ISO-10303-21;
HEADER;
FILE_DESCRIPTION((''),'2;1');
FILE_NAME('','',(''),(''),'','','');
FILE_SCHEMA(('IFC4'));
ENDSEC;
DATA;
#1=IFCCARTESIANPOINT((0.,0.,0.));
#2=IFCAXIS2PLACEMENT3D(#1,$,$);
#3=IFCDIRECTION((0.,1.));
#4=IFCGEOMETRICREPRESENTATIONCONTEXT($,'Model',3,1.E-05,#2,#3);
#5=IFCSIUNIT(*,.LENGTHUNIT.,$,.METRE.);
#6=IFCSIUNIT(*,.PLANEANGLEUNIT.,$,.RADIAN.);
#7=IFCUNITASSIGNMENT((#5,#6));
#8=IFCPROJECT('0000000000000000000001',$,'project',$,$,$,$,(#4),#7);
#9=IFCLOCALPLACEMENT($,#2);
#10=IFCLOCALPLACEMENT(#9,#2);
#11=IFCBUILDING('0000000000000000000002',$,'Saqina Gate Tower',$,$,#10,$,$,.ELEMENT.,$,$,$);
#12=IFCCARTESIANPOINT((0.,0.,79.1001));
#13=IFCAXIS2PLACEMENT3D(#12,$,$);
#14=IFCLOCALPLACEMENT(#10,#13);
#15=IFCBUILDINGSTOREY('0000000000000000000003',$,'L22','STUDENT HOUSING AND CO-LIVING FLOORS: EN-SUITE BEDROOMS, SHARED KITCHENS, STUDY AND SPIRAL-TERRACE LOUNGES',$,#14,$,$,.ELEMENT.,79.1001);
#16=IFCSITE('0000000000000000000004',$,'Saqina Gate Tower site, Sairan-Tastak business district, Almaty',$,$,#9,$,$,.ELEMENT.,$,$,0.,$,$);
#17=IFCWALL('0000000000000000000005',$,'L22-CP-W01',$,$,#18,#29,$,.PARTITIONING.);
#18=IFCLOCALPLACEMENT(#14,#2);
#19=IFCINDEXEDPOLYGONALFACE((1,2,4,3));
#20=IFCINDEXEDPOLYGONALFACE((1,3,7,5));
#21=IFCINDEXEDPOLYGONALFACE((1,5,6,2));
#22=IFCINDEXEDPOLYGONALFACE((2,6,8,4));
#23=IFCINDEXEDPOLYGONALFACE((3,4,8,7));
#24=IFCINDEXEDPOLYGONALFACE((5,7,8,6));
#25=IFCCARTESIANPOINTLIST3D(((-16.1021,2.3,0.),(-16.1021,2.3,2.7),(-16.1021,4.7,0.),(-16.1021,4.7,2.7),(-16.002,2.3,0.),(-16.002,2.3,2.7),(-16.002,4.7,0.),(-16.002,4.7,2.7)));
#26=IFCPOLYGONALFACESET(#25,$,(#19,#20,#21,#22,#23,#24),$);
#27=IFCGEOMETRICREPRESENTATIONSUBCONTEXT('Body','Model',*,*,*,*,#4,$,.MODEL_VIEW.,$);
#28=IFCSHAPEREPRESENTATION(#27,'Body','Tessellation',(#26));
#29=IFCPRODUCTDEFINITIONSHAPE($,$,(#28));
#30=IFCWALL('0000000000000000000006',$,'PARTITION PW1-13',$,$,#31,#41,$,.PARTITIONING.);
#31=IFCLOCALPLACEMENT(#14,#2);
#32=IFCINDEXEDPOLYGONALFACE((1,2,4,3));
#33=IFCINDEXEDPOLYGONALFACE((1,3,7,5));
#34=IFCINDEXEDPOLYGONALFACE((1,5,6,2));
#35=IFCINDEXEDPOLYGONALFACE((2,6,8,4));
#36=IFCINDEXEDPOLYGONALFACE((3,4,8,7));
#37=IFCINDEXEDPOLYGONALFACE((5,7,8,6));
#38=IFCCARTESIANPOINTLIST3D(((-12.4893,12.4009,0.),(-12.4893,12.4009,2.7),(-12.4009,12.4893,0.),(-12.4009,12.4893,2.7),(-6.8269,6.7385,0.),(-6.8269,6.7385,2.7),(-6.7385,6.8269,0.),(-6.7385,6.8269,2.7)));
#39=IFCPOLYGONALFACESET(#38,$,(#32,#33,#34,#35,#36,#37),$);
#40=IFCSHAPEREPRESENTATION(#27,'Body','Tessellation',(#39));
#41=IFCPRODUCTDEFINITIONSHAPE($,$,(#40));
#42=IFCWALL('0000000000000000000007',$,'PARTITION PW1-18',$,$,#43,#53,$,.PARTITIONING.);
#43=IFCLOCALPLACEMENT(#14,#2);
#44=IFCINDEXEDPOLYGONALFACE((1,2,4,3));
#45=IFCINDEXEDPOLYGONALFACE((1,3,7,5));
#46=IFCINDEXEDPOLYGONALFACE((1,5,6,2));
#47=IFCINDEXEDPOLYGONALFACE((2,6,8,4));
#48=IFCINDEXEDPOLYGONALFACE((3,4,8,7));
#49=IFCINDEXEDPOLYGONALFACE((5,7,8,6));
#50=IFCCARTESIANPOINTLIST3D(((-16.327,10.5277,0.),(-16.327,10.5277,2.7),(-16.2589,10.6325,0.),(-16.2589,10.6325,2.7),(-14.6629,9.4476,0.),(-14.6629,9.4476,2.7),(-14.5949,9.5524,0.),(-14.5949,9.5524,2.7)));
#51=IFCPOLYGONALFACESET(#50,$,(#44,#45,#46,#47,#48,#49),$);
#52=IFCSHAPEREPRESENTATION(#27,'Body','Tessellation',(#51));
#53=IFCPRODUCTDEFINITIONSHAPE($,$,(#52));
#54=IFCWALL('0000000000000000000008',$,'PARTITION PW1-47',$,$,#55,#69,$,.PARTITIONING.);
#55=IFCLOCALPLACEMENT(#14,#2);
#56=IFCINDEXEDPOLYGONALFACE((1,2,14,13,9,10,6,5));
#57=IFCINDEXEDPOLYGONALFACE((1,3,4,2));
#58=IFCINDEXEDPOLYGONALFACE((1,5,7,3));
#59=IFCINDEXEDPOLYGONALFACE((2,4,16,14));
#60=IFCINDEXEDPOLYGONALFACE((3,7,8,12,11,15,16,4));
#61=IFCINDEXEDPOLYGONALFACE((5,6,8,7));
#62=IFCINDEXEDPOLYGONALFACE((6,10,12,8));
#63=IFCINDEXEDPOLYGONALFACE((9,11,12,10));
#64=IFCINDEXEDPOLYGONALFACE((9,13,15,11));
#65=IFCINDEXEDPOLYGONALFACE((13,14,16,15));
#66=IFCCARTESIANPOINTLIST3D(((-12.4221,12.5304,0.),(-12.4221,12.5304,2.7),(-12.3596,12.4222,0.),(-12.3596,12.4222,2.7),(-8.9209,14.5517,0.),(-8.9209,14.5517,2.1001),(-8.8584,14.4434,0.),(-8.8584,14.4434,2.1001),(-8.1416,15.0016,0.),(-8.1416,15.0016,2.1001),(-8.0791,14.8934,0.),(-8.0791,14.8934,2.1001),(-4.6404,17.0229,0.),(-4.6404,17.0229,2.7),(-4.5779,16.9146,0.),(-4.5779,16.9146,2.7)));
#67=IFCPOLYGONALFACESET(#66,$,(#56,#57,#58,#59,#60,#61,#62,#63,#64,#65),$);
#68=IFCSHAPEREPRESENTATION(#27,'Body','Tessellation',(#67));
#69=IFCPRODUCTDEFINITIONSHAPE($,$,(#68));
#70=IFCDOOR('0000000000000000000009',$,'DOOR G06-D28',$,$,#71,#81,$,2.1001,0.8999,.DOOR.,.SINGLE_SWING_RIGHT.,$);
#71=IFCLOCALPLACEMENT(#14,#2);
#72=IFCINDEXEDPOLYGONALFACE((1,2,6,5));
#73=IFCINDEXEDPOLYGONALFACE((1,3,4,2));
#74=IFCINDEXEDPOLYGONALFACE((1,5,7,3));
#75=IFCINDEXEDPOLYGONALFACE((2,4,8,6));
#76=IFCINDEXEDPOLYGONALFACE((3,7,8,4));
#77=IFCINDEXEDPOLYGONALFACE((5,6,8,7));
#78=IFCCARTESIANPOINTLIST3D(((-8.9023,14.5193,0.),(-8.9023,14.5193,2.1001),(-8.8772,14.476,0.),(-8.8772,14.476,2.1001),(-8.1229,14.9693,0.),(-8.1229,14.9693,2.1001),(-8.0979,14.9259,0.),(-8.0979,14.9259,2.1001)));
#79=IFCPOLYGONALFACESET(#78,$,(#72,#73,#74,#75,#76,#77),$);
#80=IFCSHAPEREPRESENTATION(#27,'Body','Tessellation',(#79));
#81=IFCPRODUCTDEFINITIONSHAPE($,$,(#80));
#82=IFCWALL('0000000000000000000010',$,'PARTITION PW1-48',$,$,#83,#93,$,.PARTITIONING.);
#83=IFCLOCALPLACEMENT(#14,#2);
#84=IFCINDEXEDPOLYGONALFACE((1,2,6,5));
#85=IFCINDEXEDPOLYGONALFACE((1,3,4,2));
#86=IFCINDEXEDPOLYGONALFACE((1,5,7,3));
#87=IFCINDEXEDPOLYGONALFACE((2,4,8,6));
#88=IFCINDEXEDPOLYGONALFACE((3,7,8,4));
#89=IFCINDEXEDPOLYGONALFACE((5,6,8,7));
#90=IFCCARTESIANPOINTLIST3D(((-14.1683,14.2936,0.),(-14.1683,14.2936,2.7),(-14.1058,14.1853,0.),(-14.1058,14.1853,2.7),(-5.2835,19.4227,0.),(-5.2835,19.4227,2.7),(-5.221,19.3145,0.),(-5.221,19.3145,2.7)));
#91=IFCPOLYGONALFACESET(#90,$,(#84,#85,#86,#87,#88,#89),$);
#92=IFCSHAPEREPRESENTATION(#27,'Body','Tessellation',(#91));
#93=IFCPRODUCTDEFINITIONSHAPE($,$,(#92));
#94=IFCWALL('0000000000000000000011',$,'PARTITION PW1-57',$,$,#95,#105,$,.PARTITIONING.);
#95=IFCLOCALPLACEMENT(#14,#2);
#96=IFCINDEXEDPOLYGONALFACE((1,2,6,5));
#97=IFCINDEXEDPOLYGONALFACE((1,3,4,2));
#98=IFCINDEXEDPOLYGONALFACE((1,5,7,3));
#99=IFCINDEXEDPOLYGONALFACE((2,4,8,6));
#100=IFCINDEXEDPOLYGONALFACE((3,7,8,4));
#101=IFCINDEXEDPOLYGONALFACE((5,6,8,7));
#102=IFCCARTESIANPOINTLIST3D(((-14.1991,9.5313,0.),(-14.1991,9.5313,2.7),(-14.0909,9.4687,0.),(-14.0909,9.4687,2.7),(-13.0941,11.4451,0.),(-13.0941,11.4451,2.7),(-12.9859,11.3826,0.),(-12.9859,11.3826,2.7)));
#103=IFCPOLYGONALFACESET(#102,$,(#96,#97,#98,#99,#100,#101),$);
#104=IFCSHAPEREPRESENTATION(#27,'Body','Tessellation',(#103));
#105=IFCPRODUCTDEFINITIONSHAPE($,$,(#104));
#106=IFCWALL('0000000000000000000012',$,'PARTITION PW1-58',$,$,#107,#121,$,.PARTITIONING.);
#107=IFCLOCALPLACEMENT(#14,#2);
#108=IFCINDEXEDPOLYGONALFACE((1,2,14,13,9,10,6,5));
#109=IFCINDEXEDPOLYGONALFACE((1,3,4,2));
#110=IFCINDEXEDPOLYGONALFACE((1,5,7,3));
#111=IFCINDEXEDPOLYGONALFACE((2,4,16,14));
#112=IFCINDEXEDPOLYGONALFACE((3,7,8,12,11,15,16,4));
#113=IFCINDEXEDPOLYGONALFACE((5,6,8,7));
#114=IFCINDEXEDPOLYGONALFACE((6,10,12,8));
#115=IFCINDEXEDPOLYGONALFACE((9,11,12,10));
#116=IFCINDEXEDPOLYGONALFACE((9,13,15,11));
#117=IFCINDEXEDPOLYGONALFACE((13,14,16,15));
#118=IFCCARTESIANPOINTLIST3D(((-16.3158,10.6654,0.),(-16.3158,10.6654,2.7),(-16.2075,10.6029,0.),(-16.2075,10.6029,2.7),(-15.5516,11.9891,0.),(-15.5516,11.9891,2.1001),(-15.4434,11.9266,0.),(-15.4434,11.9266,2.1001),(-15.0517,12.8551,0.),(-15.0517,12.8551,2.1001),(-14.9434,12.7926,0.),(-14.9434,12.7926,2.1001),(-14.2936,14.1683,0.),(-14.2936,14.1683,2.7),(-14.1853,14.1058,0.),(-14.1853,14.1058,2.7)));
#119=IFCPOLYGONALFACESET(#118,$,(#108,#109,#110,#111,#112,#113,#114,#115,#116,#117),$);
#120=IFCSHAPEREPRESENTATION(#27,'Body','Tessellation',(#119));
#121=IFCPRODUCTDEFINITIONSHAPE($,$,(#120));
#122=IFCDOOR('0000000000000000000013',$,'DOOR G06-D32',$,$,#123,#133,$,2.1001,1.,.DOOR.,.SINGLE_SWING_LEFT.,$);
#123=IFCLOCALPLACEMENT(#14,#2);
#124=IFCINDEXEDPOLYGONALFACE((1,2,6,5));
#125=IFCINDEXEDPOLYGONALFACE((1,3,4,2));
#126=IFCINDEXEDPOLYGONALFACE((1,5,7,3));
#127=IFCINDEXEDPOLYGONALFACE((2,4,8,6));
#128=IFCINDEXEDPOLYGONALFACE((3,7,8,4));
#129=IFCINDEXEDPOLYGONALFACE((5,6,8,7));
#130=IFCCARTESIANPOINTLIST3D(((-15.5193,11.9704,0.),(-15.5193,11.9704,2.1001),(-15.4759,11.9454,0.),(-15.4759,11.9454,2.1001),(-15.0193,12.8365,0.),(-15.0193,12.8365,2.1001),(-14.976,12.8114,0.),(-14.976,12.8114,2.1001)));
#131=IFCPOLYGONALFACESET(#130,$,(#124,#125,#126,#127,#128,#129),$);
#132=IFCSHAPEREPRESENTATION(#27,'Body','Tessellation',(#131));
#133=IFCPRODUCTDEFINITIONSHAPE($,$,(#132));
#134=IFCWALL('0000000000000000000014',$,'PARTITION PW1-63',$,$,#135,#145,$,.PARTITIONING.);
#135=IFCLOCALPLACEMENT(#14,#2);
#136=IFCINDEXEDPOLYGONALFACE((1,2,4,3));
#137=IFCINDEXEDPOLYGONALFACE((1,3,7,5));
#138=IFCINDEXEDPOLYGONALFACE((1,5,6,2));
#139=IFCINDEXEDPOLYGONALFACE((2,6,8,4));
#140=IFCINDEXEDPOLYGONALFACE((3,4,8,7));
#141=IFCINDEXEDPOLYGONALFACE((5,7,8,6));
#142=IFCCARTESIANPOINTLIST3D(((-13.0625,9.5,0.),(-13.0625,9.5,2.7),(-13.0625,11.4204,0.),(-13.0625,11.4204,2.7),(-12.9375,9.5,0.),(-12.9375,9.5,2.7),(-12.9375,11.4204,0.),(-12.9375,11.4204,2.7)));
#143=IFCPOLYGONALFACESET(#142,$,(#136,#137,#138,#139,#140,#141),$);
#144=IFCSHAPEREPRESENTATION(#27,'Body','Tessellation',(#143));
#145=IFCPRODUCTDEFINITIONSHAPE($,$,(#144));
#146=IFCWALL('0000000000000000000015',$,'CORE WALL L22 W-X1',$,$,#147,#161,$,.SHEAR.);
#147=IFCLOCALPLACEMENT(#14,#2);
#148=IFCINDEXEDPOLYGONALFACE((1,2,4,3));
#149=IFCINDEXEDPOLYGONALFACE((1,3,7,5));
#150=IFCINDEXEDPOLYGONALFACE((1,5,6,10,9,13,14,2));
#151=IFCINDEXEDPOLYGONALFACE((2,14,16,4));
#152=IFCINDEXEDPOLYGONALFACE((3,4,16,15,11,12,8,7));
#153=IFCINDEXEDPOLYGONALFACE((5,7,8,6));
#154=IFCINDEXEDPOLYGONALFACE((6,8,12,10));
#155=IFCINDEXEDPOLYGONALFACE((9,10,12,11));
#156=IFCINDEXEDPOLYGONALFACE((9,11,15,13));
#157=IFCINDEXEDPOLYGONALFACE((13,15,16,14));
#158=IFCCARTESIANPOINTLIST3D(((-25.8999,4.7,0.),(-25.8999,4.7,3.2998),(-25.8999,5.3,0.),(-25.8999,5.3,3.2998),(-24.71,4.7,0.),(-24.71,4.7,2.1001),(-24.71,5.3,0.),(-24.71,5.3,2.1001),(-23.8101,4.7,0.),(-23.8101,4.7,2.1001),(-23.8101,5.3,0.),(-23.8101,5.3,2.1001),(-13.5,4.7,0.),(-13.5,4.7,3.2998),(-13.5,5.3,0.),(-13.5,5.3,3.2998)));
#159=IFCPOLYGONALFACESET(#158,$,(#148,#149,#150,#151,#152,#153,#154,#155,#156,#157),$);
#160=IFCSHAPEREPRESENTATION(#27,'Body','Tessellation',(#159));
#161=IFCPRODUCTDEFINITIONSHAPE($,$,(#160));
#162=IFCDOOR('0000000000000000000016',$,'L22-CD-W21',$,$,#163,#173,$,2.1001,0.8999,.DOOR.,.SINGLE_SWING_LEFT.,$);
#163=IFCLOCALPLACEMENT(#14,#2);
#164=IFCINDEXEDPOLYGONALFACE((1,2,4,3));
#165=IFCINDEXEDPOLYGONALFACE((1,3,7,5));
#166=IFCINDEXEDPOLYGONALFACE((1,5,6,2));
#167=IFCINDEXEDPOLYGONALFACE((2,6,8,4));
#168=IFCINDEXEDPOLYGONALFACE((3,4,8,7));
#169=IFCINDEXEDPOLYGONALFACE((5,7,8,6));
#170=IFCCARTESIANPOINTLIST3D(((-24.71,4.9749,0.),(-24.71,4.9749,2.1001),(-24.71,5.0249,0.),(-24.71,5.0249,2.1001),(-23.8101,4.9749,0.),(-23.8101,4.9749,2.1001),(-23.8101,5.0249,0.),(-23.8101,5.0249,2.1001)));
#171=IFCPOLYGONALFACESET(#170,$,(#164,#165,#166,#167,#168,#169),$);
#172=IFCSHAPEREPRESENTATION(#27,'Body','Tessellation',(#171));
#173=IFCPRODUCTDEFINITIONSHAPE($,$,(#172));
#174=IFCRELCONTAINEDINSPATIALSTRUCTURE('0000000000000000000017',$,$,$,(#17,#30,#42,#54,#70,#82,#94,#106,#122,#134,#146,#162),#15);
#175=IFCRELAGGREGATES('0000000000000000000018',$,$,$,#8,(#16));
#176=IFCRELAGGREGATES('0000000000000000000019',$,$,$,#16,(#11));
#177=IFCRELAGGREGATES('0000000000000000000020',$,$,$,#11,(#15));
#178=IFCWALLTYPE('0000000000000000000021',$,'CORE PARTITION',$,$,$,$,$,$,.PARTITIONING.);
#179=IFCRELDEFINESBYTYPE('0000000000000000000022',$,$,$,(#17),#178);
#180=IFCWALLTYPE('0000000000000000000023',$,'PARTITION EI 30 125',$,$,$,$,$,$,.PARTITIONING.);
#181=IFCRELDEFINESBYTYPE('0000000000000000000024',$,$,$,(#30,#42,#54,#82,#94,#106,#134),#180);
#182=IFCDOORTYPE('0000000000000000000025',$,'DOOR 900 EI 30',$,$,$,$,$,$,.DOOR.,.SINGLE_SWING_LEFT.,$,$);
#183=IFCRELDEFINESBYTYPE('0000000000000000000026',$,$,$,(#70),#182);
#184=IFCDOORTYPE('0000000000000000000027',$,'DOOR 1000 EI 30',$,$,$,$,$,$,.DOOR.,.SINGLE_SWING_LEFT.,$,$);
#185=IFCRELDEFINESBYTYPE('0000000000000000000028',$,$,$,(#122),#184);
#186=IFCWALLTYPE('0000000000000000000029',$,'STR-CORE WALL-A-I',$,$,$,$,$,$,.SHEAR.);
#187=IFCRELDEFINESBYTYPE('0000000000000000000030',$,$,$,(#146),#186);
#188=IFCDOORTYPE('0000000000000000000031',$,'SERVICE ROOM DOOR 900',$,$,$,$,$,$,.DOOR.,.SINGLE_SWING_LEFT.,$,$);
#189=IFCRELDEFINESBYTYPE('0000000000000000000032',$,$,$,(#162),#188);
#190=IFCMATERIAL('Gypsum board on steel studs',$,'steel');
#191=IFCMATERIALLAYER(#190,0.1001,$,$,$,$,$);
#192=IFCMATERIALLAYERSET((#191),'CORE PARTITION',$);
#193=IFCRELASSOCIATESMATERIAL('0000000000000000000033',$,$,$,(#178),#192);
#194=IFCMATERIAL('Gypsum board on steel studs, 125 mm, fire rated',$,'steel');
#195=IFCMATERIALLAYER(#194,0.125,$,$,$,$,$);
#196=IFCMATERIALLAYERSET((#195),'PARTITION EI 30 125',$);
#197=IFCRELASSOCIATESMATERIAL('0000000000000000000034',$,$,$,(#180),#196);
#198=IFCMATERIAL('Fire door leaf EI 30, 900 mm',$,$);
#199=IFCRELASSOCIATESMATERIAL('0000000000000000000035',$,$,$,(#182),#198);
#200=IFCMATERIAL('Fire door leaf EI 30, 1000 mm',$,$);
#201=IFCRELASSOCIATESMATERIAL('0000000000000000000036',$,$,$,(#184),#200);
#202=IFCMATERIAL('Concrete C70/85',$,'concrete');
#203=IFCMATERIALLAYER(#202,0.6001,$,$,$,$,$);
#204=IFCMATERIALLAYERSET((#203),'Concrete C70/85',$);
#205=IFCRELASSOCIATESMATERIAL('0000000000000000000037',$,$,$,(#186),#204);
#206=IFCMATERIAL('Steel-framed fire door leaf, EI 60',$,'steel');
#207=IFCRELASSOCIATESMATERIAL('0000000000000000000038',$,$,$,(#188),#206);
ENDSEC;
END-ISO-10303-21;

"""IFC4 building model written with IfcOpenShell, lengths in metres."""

from ifc_helpers import new_model, si_unit, direction, frame, frame_2d, origin, place, context, subcontext, project, spatial, rectangle, extrude, material, layer, layer_set, type_object, element, fill, save


model = new_model("IFC4")

# Units and contexts
model_context = context("Model", 3, precision=1e-05, world=origin(), true_north=direction((0.0, 1.0)))
body_context = subcontext(model_context, "Body", "Model", "MODEL_VIEW")
ifc_project = project(units=[si_unit("LENGTHUNIT", "METRE"), si_unit("PLANEANGLEUNIT", "RADIAN")], contexts=[model_context])

# Site, building, storey
site_placement = place(None, origin())
site = spatial("IfcSite", under=ifc_project, at=site_placement, Name="Saqina Gate Tower site, Sairan-Tastak business district, Almaty", CompositionType="ELEMENT", RefElevation=0.0)
building_placement = place(site_placement, origin())
building = spatial("IfcBuilding", under=site, at=building_placement, Name="Saqina Gate Tower", CompositionType="ELEMENT")
storey_placement = place(building_placement, frame((0.0, 0.0, 79.1001)))
storey = spatial("IfcBuildingStorey", under=building, at=storey_placement, Name="L22", Description="STUDENT HOUSING AND CO-LIVING FLOORS: EN-SUITE BEDROOMS, SHARED KITCHENS, STUDY AND SPIRAL-TERRACE LOUNGES", CompositionType="ELEMENT", Elevation=79.1001)

# Walls
ifc_material_1 = material(Name="Gypsum board on steel studs", Category="steel")
ifc_layer_1 = layer(ifc_material_1, 0.1001)
ifc_layer_set_1 = layer_set([ifc_layer_1], Name="CORE PARTITION")
wall_type_1 = type_object("IfcWallType", Name="CORE PARTITION", PredefinedType="PARTITIONING", material=ifc_layer_set_1)
wall_1_placement = place(storey_placement, frame((-16.052, 2.3, 0.0), z_axis=(0.0, 0.0, 1.0), x_axis=(0.0, 1.0, 0.0)))
element("IfcWall", 1, at=wall_1_placement, inside=storey, type_object=wall_type_1, Name="L22-CP-W01", PredefinedType="PARTITIONING", context=body_context, shape_type="SweptSolid", body=[
    extrude(rectangle(XDim=2.3999, YDim=0.1001, at=frame_2d((1.2, 0.0))), origin(), (0.0, 0.0, 1.0), 2.7),
])
ifc_material_2 = material(Name="Gypsum board on steel studs, 125 mm, fire rated", Category="steel")
ifc_layer_2 = layer(ifc_material_2, 0.125)
ifc_layer_set_2 = layer_set([ifc_layer_2], Name="PARTITION EI 30 125")
wall_type_2 = type_object("IfcWallType", Name="PARTITION EI 30 125", PredefinedType="PARTITIONING", material=ifc_layer_set_2)
wall_2_placement = place(storey_placement, frame((-12.4451, 12.4451, 0.0), z_axis=(0.0, 0.0, 1.0), x_axis=(0.707107, -0.707107, 0.0)))
element("IfcWall", 2, at=wall_2_placement, inside=storey, type_object=wall_type_2, Name="PARTITION PW1-13", PredefinedType="PARTITIONING", context=body_context, shape_type="SweptSolid", body=[
    extrude(rectangle(XDim=8.0078, YDim=0.125, at=frame_2d((4.0039, 0.0))), origin(), (0.0, 0.0, 1.0), 2.7),
])
wall_3_placement = place(storey_placement, frame((-16.293, 10.5801, 0.0), z_axis=(0.0, 0.0, 1.0), x_axis=(0.838803, -0.544435, 0.0)))
element("IfcWall", 3, at=wall_3_placement, inside=storey, type_object=wall_type_2, Name="PARTITION PW1-18", PredefinedType="PARTITIONING", context=body_context, shape_type="SweptSolid", body=[
    extrude(rectangle(XDim=1.9839, YDim=0.125, at=frame_2d((0.9919, 0.0))), origin(), (0.0, 0.0, 1.0), 2.7),
])

# Wall, opening, door
wall_4_placement = place(storey_placement, frame((-12.3909, 12.4763, 0.0), z_axis=(0.0, 0.0, 1.0), x_axis=(0.866043, 0.49997, 0.0)))
wall_4 = element("IfcWall", 4, at=wall_4_placement, inside=storey, type_object=wall_type_2, Name="PARTITION PW1-47", PredefinedType="PARTITIONING", context=body_context, shape_type="SweptSolid", body=[
    extrude(rectangle(XDim=8.9854, YDim=0.125, at=frame_2d((4.4927, 0.0))), origin(), (0.0, 0.0, 1.0), 2.7),
])
opening_1_placement = place(wall_4_placement, frame((4.0427, 0.0, 0.0)))
opening_1 = element("IfcOpeningElement", 5, at=opening_1_placement, cuts=wall_4, PredefinedType="OPENING", context=body_context, shape_type="SweptSolid", body=[
    extrude(rectangle(XDim=0.8999, YDim=2.1001, at=frame_2d((0.45, 1.05))), frame((0.0, 0.0745, 0.0), z_axis=(0.0, -1.0, 0.0), x_axis=(1.0, 0.0, 0.0)), (0.0, 0.0, 1.0), 0.1489),
])
ifc_material_3 = material(Name="Fire door leaf EI 30, 900 mm")
door_type_1 = type_object("IfcDoorType", Name="DOOR 900 EI 30", OperationType="SINGLE_SWING_LEFT", PredefinedType="DOOR", material=ifc_material_3)
door_1_placement = place(opening_1_placement, frame((0.8999, 0.0, 0.0), z_axis=(0.0, 0.0, 1.0), x_axis=(-1.0, 0.0, 0.0)))
door_1 = element("IfcDoor", 6, at=door_1_placement, inside=storey, type_object=door_type_1, Name="DOOR G06-D28", OperationType="SINGLE_SWING_RIGHT", OverallHeight=2.1001, OverallWidth=0.8999, PredefinedType="DOOR", context=body_context, shape_type="SweptSolid", body=[
    extrude(rectangle(XDim=0.8999, YDim=2.1001, at=frame_2d((0.45, 1.05))), frame((0.0, 0.0249, 0.0), z_axis=(0.0, -1.0, 0.0), x_axis=(1.0, 0.0, 0.0)), (0.0, 0.0, 1.0), 0.05),
])
fill(opening_1, door_1)

# Walls
wall_5_placement = place(storey_placement, frame((-14.137, 14.2395, 0.0), z_axis=(0.0, 0.0, 1.0), x_axis=(0.866045, 0.499966, 0.0)))
element("IfcWall", 7, at=wall_5_placement, inside=storey, type_object=wall_type_2, Name="PARTITION PW1-48", PredefinedType="PARTITIONING", context=body_context, shape_type="SweptSolid", body=[
    extrude(rectangle(XDim=10.259, YDim=0.125, at=frame_2d((5.1294, 0.0))), origin(), (0.0, 0.0, 1.0), 2.7),
])
wall_6_placement = place(storey_placement, frame((-14.145, 9.5, 0.0), z_axis=(0.0, 0.0, 1.0), x_axis=(0.500013, 0.866018, 0.0)))
element("IfcWall", 8, at=wall_6_placement, inside=storey, type_object=wall_type_2, Name="PARTITION PW1-57", PredefinedType="PARTITIONING", context=body_context, shape_type="SweptSolid", body=[
    extrude(rectangle(XDim=2.21, YDim=0.125, at=frame_2d((1.105, 0.0))), origin(), (0.0, 0.0, 1.0), 2.7),
])

# Wall, opening, door
wall_7_placement = place(storey_placement, frame((-16.2617, 10.634, 0.0), z_axis=(0.0, 0.0, 1.0), x_axis=(0.499963, 0.866047, 0.0)))
wall_7 = element("IfcWall", 9, at=wall_7_placement, inside=storey, type_object=wall_type_2, Name="PARTITION PW1-58", PredefinedType="PARTITIONING", context=body_context, shape_type="SweptSolid", body=[
    extrude(rectangle(XDim=4.0447, YDim=0.125, at=frame_2d((2.0225, 0.0))), origin(), (0.0, 0.0, 1.0), 2.7),
])
opening_2_placement = place(wall_7_placement, frame((1.5286, 0.0, 0.0)))
opening_2 = element("IfcOpeningElement", 10, at=opening_2_placement, cuts=wall_7, PredefinedType="OPENING", context=body_context, shape_type="SweptSolid", body=[
    extrude(rectangle(XDim=1.0, YDim=2.1001, at=frame_2d((0.5, 1.05))), frame((0.0, 0.0745, 0.0), z_axis=(0.0, -1.0, 0.0), x_axis=(1.0, 0.0, 0.0)), (0.0, 0.0, 1.0), 0.1489),
])
ifc_material_4 = material(Name="Fire door leaf EI 30, 1000 mm")
door_type_2 = type_object("IfcDoorType", Name="DOOR 1000 EI 30", OperationType="SINGLE_SWING_LEFT", PredefinedType="DOOR", material=ifc_material_4)
door_2_placement = place(opening_2_placement, frame((1.0, 0.0, 0.0), z_axis=(0.0, 0.0, 1.0), x_axis=(-1.0, 0.0, 0.0)))
door_2 = element("IfcDoor", 11, at=door_2_placement, inside=storey, type_object=door_type_2, Name="DOOR G06-D32", OperationType="SINGLE_SWING_LEFT", OverallHeight=2.1001, OverallWidth=1.0, PredefinedType="DOOR", context=body_context, shape_type="SweptSolid", body=[
    extrude(rectangle(XDim=1.0, YDim=2.1001, at=frame_2d((0.5, 1.05))), frame((0.0, 0.0249, 0.0), z_axis=(0.0, -1.0, 0.0), x_axis=(1.0, 0.0, 0.0)), (0.0, 0.0, 1.0), 0.05),
])
fill(opening_2, door_2)

# Wall
wall_8_placement = place(storey_placement, frame((-13.0, 9.5, 0.0), z_axis=(0.0, 0.0, 1.0), x_axis=(0.0, 1.0, 0.0)))
element("IfcWall", 12, at=wall_8_placement, inside=storey, type_object=wall_type_2, Name="PARTITION PW1-63", PredefinedType="PARTITIONING", context=body_context, shape_type="SweptSolid", body=[
    extrude(rectangle(XDim=1.9204, YDim=0.125, at=frame_2d((0.9602, 0.0))), origin(), (0.0, 0.0, 1.0), 2.7),
])

# Wall, opening, door
ifc_material_5 = material(Name="Concrete C70/85", Category="concrete")
ifc_layer_3 = layer(ifc_material_5, 0.6001)
ifc_layer_set_3 = layer_set([ifc_layer_3], Name="Concrete C70/85")
wall_type_3 = type_object("IfcWallType", Name="STR-CORE WALL-A-I", PredefinedType="SHEAR", material=ifc_layer_set_3)
wall_9_placement = place(storey_placement, frame((-13.5, 5.0, 0.0), z_axis=(0.0, 0.0, 1.0), x_axis=(-1.0, 0.0, 0.0)))
wall_9 = element("IfcWall", 13, at=wall_9_placement, inside=storey, type_object=wall_type_3, Name="CORE WALL L22 W-X1", PredefinedType="SHEAR", context=body_context, shape_type="SweptSolid", body=[
    extrude(rectangle(XDim=12.3999, YDim=0.6001, at=frame_2d((6.2, 0.0))), origin(), (0.0, 0.0, 1.0), 3.2998),
])
opening_3_placement = place(wall_9_placement, frame((10.3101, 0.0, 0.0)))
opening_3 = element("IfcOpeningElement", 14, at=opening_3_placement, cuts=wall_9, PredefinedType="OPENING", context=body_context, shape_type="SweptSolid", body=[
    extrude(rectangle(XDim=0.8999, YDim=2.1001, at=frame_2d((0.45, 1.05))), frame((0.0, 0.312, 0.0), z_axis=(0.0, -1.0, 0.0), x_axis=(1.0, 0.0, 0.0)), (0.0, 0.0, 1.0), 0.624),
])
ifc_material_6 = material(Name="Steel-framed fire door leaf, EI 60", Category="steel")
door_type_3 = type_object("IfcDoorType", Name="SERVICE ROOM DOOR 900", OperationType="SINGLE_SWING_LEFT", PredefinedType="DOOR", material=ifc_material_6)
door_3_placement = place(opening_3_placement, frame((0.8999, 0.0, 0.0), z_axis=(0.0, 0.0, 1.0), x_axis=(-1.0, 0.0, 0.0)))
door_3 = element("IfcDoor", 15, at=door_3_placement, inside=storey, type_object=door_type_3, Name="L22-CD-W21", OperationType="SINGLE_SWING_LEFT", OverallHeight=2.1001, OverallWidth=0.8999, PredefinedType="DOOR", context=body_context, shape_type="SweptSolid", body=[
    extrude(rectangle(XDim=0.8999, YDim=2.1001, at=frame_2d((0.45, 1.05))), frame((0.0, 0.0249, 0.0), z_axis=(0.0, -1.0, 0.0), x_axis=(1.0, 0.0, 0.0)), (0.0, 0.0, 1.0), 0.05),
])
fill(opening_3, door_3)

save(model, "model.ifc")
